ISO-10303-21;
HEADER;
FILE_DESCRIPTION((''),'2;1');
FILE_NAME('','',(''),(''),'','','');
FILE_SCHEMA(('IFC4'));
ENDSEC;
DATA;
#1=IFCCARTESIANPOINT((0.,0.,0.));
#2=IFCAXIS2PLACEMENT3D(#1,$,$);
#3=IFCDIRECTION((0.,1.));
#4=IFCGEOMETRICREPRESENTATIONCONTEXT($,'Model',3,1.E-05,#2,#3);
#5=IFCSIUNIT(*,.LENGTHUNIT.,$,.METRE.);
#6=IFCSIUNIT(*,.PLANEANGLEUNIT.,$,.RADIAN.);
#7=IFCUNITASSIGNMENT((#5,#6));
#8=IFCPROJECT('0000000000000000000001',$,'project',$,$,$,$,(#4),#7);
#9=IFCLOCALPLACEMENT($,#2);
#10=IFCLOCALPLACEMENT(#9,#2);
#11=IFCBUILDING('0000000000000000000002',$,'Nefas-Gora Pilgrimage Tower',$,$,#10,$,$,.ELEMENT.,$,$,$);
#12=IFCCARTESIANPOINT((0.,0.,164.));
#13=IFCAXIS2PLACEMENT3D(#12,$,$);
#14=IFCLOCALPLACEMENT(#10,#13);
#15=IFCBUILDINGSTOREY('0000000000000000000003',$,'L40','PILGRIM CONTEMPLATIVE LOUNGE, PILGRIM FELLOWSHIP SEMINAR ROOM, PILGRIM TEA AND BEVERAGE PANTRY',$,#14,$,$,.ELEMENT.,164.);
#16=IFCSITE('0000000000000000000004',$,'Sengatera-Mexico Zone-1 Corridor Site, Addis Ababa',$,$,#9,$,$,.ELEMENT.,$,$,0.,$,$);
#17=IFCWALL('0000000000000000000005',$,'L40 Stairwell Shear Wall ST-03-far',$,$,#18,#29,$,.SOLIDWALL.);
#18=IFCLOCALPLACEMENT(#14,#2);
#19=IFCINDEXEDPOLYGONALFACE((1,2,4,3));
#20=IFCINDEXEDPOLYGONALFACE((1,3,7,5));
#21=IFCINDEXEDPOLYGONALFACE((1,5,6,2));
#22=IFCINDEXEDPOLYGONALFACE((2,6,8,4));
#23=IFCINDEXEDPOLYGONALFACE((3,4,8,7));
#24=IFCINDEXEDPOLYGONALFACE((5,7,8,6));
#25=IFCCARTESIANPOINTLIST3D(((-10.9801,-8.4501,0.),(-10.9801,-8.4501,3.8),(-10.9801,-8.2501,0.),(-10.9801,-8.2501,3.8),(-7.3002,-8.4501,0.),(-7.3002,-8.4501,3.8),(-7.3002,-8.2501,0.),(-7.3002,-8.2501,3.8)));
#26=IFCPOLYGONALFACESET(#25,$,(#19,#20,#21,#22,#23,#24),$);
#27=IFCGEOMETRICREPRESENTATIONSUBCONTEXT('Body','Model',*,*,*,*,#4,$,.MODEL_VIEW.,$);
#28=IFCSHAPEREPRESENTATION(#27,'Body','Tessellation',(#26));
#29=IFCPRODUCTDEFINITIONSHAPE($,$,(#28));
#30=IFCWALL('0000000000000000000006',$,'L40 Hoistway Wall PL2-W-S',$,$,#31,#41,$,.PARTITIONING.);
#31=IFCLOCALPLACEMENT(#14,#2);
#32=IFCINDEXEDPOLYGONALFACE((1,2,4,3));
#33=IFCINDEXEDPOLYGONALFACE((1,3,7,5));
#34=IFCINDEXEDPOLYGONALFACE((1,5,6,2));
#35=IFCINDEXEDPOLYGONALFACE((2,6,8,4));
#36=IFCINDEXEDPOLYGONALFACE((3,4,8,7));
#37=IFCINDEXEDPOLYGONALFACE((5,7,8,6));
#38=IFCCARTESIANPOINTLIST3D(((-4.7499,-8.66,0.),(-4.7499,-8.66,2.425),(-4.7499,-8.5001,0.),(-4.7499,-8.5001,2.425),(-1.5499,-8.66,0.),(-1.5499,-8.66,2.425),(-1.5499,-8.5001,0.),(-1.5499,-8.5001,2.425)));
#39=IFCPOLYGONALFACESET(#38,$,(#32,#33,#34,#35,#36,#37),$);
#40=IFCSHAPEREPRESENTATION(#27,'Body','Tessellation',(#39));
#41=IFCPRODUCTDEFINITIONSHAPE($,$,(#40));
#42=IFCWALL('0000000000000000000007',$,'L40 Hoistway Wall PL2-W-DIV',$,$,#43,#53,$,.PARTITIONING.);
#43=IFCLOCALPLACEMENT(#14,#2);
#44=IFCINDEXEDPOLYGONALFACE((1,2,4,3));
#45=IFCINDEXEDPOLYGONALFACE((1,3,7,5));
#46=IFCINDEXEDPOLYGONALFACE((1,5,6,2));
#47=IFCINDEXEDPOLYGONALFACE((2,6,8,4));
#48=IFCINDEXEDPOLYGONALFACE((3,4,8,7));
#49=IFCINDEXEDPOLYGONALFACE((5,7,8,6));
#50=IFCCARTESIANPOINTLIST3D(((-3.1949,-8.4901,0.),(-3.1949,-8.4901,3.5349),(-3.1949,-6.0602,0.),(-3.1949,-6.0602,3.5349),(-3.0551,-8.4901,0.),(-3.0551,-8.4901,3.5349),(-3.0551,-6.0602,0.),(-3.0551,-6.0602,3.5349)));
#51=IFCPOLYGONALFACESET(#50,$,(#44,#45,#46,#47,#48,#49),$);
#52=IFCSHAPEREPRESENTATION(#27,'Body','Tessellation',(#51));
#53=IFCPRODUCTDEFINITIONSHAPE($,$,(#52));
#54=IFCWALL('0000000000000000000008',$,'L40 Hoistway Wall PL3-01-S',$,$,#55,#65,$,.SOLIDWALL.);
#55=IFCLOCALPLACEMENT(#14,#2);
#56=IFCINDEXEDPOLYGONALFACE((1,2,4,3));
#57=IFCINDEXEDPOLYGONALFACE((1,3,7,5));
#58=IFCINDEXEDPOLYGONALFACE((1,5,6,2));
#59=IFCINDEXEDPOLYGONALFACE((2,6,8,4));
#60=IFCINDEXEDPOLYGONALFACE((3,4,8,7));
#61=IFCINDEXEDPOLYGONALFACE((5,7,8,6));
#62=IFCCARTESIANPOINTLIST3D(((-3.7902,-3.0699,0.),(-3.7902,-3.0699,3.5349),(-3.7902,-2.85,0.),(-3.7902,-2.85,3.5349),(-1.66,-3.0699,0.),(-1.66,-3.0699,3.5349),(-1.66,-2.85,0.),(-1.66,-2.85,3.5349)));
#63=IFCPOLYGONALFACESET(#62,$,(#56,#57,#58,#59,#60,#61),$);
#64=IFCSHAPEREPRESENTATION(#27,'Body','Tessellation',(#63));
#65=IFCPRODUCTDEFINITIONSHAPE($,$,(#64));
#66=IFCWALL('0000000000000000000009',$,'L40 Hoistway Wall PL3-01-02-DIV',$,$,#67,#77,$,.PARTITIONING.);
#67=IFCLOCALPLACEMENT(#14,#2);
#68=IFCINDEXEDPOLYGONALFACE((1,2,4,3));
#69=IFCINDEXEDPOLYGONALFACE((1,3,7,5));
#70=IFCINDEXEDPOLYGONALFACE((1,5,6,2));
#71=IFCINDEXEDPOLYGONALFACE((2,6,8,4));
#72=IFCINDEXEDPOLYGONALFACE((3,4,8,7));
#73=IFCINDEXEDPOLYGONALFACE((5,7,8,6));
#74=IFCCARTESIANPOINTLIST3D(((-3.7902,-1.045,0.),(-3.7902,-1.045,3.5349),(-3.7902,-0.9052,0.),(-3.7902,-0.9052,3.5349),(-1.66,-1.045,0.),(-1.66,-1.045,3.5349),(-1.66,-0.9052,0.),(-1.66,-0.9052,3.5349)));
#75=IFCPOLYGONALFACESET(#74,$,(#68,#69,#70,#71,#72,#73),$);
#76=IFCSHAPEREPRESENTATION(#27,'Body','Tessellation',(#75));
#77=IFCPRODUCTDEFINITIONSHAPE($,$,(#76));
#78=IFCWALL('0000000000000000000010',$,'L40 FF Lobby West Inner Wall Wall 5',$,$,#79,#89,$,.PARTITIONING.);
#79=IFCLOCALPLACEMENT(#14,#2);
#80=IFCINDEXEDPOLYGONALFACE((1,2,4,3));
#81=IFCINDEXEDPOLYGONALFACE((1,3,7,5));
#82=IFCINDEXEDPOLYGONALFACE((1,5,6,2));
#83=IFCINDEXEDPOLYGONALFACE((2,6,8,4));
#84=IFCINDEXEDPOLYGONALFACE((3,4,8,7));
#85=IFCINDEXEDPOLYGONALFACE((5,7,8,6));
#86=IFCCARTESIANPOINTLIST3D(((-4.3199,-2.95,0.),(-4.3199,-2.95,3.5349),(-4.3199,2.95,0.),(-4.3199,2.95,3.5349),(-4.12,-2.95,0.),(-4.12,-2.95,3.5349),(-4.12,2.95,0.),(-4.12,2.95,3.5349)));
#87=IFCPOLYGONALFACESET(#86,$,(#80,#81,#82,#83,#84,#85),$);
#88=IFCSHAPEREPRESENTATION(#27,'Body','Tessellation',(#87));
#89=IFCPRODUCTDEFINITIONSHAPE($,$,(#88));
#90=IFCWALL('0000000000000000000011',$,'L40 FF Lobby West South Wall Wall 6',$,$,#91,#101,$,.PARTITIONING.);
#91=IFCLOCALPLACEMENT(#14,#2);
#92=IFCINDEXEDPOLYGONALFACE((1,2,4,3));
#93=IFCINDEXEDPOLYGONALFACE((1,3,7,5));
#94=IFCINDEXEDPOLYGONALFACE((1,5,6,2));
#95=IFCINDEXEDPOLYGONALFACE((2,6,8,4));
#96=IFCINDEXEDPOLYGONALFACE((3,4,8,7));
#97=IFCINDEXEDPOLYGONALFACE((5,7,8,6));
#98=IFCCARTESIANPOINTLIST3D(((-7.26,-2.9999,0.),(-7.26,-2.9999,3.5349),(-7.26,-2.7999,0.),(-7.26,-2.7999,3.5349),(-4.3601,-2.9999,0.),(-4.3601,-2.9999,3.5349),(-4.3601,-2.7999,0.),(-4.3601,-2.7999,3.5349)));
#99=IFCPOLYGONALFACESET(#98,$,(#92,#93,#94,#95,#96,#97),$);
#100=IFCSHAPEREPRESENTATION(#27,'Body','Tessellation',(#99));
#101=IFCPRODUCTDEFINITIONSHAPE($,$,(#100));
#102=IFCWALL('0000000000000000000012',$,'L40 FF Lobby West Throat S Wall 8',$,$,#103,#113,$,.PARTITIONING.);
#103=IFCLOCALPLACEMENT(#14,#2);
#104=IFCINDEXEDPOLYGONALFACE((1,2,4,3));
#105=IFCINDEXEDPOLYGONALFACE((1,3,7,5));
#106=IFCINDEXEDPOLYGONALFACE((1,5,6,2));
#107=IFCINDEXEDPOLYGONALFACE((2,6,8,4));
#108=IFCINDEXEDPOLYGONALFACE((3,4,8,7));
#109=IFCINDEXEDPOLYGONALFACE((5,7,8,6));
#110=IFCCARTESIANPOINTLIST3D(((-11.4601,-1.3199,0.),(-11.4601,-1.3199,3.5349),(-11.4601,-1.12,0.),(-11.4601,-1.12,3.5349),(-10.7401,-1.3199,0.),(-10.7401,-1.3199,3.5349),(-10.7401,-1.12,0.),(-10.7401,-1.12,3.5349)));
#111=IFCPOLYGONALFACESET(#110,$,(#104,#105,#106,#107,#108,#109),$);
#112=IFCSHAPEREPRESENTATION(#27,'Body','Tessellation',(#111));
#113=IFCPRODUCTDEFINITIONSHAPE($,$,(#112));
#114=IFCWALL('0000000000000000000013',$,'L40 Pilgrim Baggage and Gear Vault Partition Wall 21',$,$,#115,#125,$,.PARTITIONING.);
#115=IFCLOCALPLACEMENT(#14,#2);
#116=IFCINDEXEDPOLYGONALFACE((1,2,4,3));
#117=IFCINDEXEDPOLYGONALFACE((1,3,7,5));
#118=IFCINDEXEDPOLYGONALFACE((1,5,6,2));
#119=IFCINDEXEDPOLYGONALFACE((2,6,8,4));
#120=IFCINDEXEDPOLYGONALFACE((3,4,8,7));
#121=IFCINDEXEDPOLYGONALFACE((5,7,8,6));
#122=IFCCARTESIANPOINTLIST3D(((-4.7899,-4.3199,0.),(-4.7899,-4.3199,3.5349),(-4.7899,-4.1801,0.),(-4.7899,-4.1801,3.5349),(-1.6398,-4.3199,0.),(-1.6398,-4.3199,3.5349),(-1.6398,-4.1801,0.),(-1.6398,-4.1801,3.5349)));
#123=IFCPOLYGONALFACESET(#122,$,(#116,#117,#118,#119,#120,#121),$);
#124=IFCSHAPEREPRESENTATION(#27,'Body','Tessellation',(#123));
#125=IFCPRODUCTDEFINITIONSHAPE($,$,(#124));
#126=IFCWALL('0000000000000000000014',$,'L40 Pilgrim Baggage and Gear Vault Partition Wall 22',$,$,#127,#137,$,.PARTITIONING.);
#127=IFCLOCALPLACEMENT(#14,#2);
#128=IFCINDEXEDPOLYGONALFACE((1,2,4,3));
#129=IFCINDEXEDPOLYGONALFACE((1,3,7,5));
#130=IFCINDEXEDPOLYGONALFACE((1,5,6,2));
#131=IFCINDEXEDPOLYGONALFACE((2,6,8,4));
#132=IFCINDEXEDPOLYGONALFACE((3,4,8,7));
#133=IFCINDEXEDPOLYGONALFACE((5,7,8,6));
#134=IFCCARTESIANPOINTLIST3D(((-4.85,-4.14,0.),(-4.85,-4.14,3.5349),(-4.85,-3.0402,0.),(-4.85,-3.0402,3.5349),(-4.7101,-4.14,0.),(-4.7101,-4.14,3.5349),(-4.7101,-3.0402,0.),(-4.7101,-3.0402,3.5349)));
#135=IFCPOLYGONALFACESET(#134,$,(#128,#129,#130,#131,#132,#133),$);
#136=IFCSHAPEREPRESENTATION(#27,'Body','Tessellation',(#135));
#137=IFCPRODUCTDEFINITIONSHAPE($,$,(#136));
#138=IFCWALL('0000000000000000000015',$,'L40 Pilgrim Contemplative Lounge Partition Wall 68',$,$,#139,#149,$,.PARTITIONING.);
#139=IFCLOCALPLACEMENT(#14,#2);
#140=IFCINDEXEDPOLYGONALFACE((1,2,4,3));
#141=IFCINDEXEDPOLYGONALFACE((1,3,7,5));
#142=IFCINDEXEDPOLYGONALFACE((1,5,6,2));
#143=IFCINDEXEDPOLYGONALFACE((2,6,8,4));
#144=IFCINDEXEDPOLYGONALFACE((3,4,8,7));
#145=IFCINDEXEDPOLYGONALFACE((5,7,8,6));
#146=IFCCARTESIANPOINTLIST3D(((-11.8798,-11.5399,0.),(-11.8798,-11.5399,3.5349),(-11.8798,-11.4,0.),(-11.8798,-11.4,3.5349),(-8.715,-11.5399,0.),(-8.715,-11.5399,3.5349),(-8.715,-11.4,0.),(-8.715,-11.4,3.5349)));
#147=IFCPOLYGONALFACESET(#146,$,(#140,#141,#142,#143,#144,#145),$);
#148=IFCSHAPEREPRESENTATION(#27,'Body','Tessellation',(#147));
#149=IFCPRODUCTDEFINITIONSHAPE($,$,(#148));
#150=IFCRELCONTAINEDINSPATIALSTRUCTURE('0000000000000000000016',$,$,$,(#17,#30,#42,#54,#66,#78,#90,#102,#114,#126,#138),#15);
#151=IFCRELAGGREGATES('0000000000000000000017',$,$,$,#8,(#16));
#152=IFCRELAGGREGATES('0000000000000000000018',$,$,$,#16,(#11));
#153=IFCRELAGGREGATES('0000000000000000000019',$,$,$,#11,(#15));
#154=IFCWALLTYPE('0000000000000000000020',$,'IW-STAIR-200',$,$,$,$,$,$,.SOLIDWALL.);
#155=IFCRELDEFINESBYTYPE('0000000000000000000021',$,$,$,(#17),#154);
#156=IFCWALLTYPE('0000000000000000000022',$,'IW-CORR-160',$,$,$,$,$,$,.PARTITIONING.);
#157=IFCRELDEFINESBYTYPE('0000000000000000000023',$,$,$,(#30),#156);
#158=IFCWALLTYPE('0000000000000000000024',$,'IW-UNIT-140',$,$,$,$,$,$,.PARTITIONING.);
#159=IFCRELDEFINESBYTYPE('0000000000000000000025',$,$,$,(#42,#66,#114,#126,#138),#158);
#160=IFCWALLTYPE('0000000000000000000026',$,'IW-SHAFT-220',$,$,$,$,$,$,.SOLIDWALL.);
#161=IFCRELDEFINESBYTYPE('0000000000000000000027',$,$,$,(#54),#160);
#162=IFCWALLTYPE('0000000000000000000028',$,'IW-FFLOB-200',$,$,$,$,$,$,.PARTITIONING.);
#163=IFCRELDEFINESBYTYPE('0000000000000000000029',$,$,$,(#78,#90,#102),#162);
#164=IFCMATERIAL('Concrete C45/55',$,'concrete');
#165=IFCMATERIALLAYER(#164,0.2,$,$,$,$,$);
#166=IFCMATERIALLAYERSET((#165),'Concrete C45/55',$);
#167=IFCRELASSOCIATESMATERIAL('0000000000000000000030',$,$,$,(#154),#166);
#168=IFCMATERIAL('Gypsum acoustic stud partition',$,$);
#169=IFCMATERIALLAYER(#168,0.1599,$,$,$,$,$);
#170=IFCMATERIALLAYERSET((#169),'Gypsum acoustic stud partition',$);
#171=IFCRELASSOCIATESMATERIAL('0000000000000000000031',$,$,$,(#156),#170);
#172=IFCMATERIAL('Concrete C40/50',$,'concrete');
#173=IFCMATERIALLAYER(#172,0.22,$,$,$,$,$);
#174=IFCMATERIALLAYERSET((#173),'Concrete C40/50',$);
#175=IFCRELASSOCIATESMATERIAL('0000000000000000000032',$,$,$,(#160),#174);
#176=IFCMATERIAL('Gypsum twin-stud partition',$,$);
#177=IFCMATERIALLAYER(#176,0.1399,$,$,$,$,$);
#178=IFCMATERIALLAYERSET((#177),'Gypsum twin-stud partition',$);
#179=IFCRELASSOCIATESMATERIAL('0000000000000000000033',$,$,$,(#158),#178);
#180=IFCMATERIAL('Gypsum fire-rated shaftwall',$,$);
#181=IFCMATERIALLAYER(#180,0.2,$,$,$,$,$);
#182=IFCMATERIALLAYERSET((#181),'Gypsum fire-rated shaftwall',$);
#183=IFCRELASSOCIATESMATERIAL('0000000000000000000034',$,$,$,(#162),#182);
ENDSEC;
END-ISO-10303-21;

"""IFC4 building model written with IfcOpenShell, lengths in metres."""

from ifc_helpers import new_model, si_unit, direction, frame, frame_2d, origin, place, context, subcontext, project, spatial, rectangle, extrude, source, transform, mapped, material, layer, layer_set, type_object, element, save


model = new_model("IFC4")

# Units and contexts
model_context = context("Model", 3, precision=1e-05, world=origin(), true_north=direction((0.0, 1.0)))
body_context = subcontext(model_context, "Body", "Model", "MODEL_VIEW")
ifc_project = project(units=[si_unit("LENGTHUNIT", "METRE"), si_unit("PLANEANGLEUNIT", "RADIAN")], contexts=[model_context])

# Site, building, storey
site_placement = place(None, origin())
site = spatial("IfcSite", under=ifc_project, at=site_placement, Name="Sengatera-Mexico Zone-1 Corridor Site, Addis Ababa", CompositionType="ELEMENT", RefElevation=0.0)
building_placement = place(site_placement, origin())
building = spatial("IfcBuilding", under=site, at=building_placement, Name="Nefas-Gora Pilgrimage Tower", CompositionType="ELEMENT")
storey_placement = place(building_placement, frame((0.0, 0.0, 164.0)))
storey = spatial("IfcBuildingStorey", under=building, at=storey_placement, Name="L40", Description="PILGRIM CONTEMPLATIVE LOUNGE, PILGRIM FELLOWSHIP SEMINAR ROOM, PILGRIM TEA AND BEVERAGE PANTRY", CompositionType="ELEMENT", Elevation=164.0)

# Shared definitions
ifc_material_1 = material(Name="Concrete C45/55", Category="concrete")
ifc_layer_1 = layer(ifc_material_1, 0.2)
ifc_layer_set_1 = layer_set([ifc_layer_1], Name="Concrete C45/55")
wall_type_1 = type_object("IfcWallType", Name="IW-STAIR-200", PredefinedType="SOLIDWALL", material=ifc_layer_set_1)

# Walls
shared_shape_1 = source(origin(), body_context, "Body", "SweptSolid", [
    extrude(rectangle(XDim=3.6799, YDim=0.2, at=frame_2d((1.8398, 0.0))), origin(), (0.0, 0.0, 1.0), 3.8),
])
wall_1_placement = place(storey_placement, frame((-10.98, -8.3501, 0.0), z_axis=(0.0, 0.0, 1.0), x_axis=(1.0, 0.0, 0.0)))
element("IfcWall", 1, at=wall_1_placement, inside=storey, type_object=wall_type_1, Name="L40 Stairwell Shear Wall ST-03-far", PredefinedType="SOLIDWALL", context=body_context, shape_type="MappedRepresentation", body=[
    mapped(shared_shape_1, transform((0.0, 0.0, 0.0), x_axis=(1.0, 0.0, 0.0), y_axis=(0.0, 1.0, 0.0), z_axis=(0.0, 0.0, 1.0), scale=1.0)),
])
ifc_material_2 = material(Name="Gypsum acoustic stud partition")
ifc_layer_2 = layer(ifc_material_2, 0.1599)
ifc_layer_set_2 = layer_set([ifc_layer_2], Name="Gypsum acoustic stud partition")
wall_type_2 = type_object("IfcWallType", Name="IW-CORR-160", PredefinedType="PARTITIONING", material=ifc_layer_set_2)
shared_shape_2 = source(origin(), body_context, "Body", "SweptSolid", [
    extrude(rectangle(XDim=3.2, YDim=0.1599, at=frame_2d((1.6001, 0.0))), origin(), (0.0, 0.0, 1.0), 2.425),
])
wall_2_placement = place(storey_placement, frame((-4.75, -8.5801, 0.0), z_axis=(0.0, 0.0, 1.0), x_axis=(1.0, 0.0, 0.0)))
element("IfcWall", 2, at=wall_2_placement, inside=storey, type_object=wall_type_2, Name="L40 Hoistway Wall PL2-W-S", PredefinedType="PARTITIONING", context=body_context, shape_type="MappedRepresentation", body=[
    mapped(shared_shape_2, transform((0.0, 0.0, 0.0), x_axis=(1.0, 0.0, 0.0), y_axis=(0.0, 1.0, 0.0), z_axis=(0.0, 0.0, 1.0), scale=1.0)),
])
ifc_material_3 = material(Name="Concrete C40/50", Category="concrete")
ifc_layer_3 = layer(ifc_material_3, 0.22)
ifc_layer_set_3 = layer_set([ifc_layer_3], Name="Concrete C40/50")
wall_type_3 = type_object("IfcWallType", Name="IW-SHAFT-220", PredefinedType="SOLIDWALL", material=ifc_layer_set_3)
ifc_material_4 = material(Name="Gypsum twin-stud partition")
ifc_layer_4 = layer(ifc_material_4, 0.1399)
ifc_layer_set_4 = layer_set([ifc_layer_4], Name="Gypsum twin-stud partition")
wall_type_4 = type_object("IfcWallType", Name="IW-UNIT-140", PredefinedType="PARTITIONING", material=ifc_layer_set_4)
shared_shape_3 = source(origin(), body_context, "Body", "SweptSolid", [
    extrude(rectangle(XDim=2.4299, YDim=0.1399, at=frame_2d((1.2148, 0.0))), origin(), (0.0, 0.0, 1.0), 3.5349),
])
wall_3_placement = place(storey_placement, frame((-3.125, -8.49, 0.0), z_axis=(0.0, 0.0, 1.0), x_axis=(0.0, 1.0, 0.0)))
element("IfcWall", 3, at=wall_3_placement, inside=storey, type_object=wall_type_4, Name="L40 Hoistway Wall PL2-W-DIV", PredefinedType="PARTITIONING", context=body_context, shape_type="MappedRepresentation", body=[
    mapped(shared_shape_3, transform((0.0, 0.0, 0.0), x_axis=(1.0, 0.0, 0.0), y_axis=(0.0, 1.0, 0.0), z_axis=(0.0, 0.0, 1.0), scale=1.0)),
])
shared_shape_4 = source(origin(), body_context, "Body", "SweptSolid", [
    extrude(rectangle(XDim=2.1301, YDim=0.22, at=frame_2d((1.0649, 0.0))), origin(), (0.0, 0.0, 1.0), 3.5349),
])
wall_4_placement = place(storey_placement, frame((-3.79, -2.96, 0.0), z_axis=(0.0, 0.0, 1.0), x_axis=(1.0, 0.0, 0.0)))
element("IfcWall", 4, at=wall_4_placement, inside=storey, type_object=wall_type_3, Name="L40 Hoistway Wall PL3-01-S", PredefinedType="SOLIDWALL", context=body_context, shape_type="MappedRepresentation", body=[
    mapped(shared_shape_4, transform((0.0, 0.0, 0.0), x_axis=(1.0, 0.0, 0.0), y_axis=(0.0, 1.0, 0.0), z_axis=(0.0, 0.0, 1.0), scale=1.0)),
])
shared_shape_5 = source(origin(), body_context, "Body", "SweptSolid", [
    extrude(rectangle(XDim=2.1301, YDim=0.1399, at=frame_2d((1.0649, 0.0))), origin(), (0.0, 0.0, 1.0), 3.5349),
])
wall_5_placement = place(storey_placement, frame((-3.79, -0.9751, 0.0), z_axis=(0.0, 0.0, 1.0), x_axis=(1.0, 0.0, 0.0)))
element("IfcWall", 5, at=wall_5_placement, inside=storey, type_object=wall_type_4, Name="L40 Hoistway Wall PL3-01-02-DIV", PredefinedType="PARTITIONING", context=body_context, shape_type="MappedRepresentation", body=[
    mapped(shared_shape_5, transform((0.0, 0.0, 0.0), x_axis=(1.0, 0.0, 0.0), y_axis=(0.0, 1.0, 0.0), z_axis=(0.0, 0.0, 1.0), scale=1.0)),
])

# Shared definitions
ifc_material_5 = material(Name="Gypsum fire-rated shaftwall")
ifc_layer_5 = layer(ifc_material_5, 0.2)
ifc_layer_set_5 = layer_set([ifc_layer_5], Name="Gypsum fire-rated shaftwall")
wall_type_5 = type_object("IfcWallType", Name="IW-FFLOB-200", PredefinedType="PARTITIONING", material=ifc_layer_set_5)

# Walls
shared_shape_6 = source(origin(), body_context, "Body", "SweptSolid", [
    extrude(rectangle(XDim=5.8999, YDim=0.2, at=frame_2d((2.95, 0.0))), origin(), (0.0, 0.0, 1.0), 3.5349),
])
wall_6_placement = place(storey_placement, frame((-4.22, -2.95, 0.0), z_axis=(0.0, 0.0, 1.0), x_axis=(0.0, 1.0, 0.0)))
element("IfcWall", 6, at=wall_6_placement, inside=storey, type_object=wall_type_5, Name="L40 FF Lobby West Inner Wall Wall 5", PredefinedType="PARTITIONING", context=body_context, shape_type="MappedRepresentation", body=[
    mapped(shared_shape_6, transform((0.0, 0.0, 0.0), x_axis=(1.0, 0.0, 0.0), y_axis=(0.0, 1.0, 0.0), z_axis=(0.0, 0.0, 1.0), scale=1.0)),
])
shared_shape_7 = source(origin(), body_context, "Body", "SweptSolid", [
    extrude(rectangle(XDim=2.8999, YDim=0.2, at=frame_2d((1.45, 0.0))), origin(), (0.0, 0.0, 1.0), 3.5349),
])
wall_7_placement = place(storey_placement, frame((-7.26, -2.8999, 0.0), z_axis=(0.0, 0.0, 1.0), x_axis=(1.0, 0.0, 0.0)))
element("IfcWall", 7, at=wall_7_placement, inside=storey, type_object=wall_type_5, Name="L40 FF Lobby West South Wall Wall 6", PredefinedType="PARTITIONING", context=body_context, shape_type="MappedRepresentation", body=[
    mapped(shared_shape_7, transform((0.0, 0.0, 0.0), x_axis=(1.0, 0.0, 0.0), y_axis=(0.0, 1.0, 0.0), z_axis=(0.0, 0.0, 1.0), scale=1.0)),
])
shared_shape_8 = source(origin(), body_context, "Body", "SweptSolid", [
    extrude(rectangle(XDim=0.72, YDim=0.2, at=frame_2d((0.3599, 0.0))), origin(), (0.0, 0.0, 1.0), 3.5349),
])
wall_8_placement = place(storey_placement, frame((-11.46, -1.22, 0.0), z_axis=(0.0, 0.0, 1.0), x_axis=(1.0, 0.0, 0.0)))
element("IfcWall", 8, at=wall_8_placement, inside=storey, type_object=wall_type_5, Name="L40 FF Lobby West Throat S Wall 8", PredefinedType="PARTITIONING", context=body_context, shape_type="MappedRepresentation", body=[
    mapped(shared_shape_8, transform((0.0, 0.0, 0.0), x_axis=(1.0, 0.0, 0.0), y_axis=(0.0, 1.0, 0.0), z_axis=(0.0, 0.0, 1.0), scale=1.0)),
])
shared_shape_9 = source(origin(), body_context, "Body", "SweptSolid", [
    extrude(rectangle(XDim=3.1501, YDim=0.1399, at=frame_2d((1.5752, 0.0))), origin(), (0.0, 0.0, 1.0), 3.5349),
])
wall_9_placement = place(storey_placement, frame((-4.79, -4.25, 0.0), z_axis=(0.0, 0.0, 1.0), x_axis=(1.0, 0.0, 0.0)))
element("IfcWall", 9, at=wall_9_placement, inside=storey, type_object=wall_type_4, Name="L40 Pilgrim Baggage and Gear Vault Partition Wall 21", PredefinedType="PARTITIONING", context=body_context, shape_type="MappedRepresentation", body=[
    mapped(shared_shape_9, transform((0.0, 0.0, 0.0), x_axis=(1.0, 0.0, 0.0), y_axis=(0.0, 1.0, 0.0), z_axis=(0.0, 0.0, 1.0), scale=1.0)),
])
shared_shape_10 = source(origin(), body_context, "Body", "SweptSolid", [
    extrude(rectangle(XDim=1.0999, YDim=0.1399, at=frame_2d((0.5498, 0.0))), origin(), (0.0, 0.0, 1.0), 3.5349),
])
wall_10_placement = place(storey_placement, frame((-4.78, -4.1399, 0.0), z_axis=(0.0, 0.0, 1.0), x_axis=(0.0, 1.0, 0.0)))
element("IfcWall", 10, at=wall_10_placement, inside=storey, type_object=wall_type_4, Name="L40 Pilgrim Baggage and Gear Vault Partition Wall 22", PredefinedType="PARTITIONING", context=body_context, shape_type="MappedRepresentation", body=[
    mapped(shared_shape_10, transform((0.0, 0.0, 0.0), x_axis=(1.0, 0.0, 0.0), y_axis=(0.0, 1.0, 0.0), z_axis=(0.0, 0.0, 1.0), scale=1.0)),
])
shared_shape_11 = source(origin(), body_context, "Body", "SweptSolid", [
    extrude(rectangle(XDim=3.1648, YDim=0.1399, at=frame_2d((1.5825, 0.0))), origin(), (0.0, 0.0, 1.0), 3.5349),
])
wall_11_placement = place(storey_placement, frame((-11.8799, -11.47, 0.0), z_axis=(0.0, 0.0, 1.0), x_axis=(1.0, 0.0, 0.0)))
element("IfcWall", 11, at=wall_11_placement, inside=storey, type_object=wall_type_4, Name="L40 Pilgrim Contemplative Lounge Partition Wall 68", PredefinedType="PARTITIONING", context=body_context, shape_type="MappedRepresentation", body=[
    mapped(shared_shape_11, transform((0.0, 0.0, 0.0), x_axis=(1.0, 0.0, 0.0), y_axis=(0.0, 1.0, 0.0), z_axis=(0.0, 0.0, 1.0), scale=1.0)),
])

save(model, "model.ifc")
